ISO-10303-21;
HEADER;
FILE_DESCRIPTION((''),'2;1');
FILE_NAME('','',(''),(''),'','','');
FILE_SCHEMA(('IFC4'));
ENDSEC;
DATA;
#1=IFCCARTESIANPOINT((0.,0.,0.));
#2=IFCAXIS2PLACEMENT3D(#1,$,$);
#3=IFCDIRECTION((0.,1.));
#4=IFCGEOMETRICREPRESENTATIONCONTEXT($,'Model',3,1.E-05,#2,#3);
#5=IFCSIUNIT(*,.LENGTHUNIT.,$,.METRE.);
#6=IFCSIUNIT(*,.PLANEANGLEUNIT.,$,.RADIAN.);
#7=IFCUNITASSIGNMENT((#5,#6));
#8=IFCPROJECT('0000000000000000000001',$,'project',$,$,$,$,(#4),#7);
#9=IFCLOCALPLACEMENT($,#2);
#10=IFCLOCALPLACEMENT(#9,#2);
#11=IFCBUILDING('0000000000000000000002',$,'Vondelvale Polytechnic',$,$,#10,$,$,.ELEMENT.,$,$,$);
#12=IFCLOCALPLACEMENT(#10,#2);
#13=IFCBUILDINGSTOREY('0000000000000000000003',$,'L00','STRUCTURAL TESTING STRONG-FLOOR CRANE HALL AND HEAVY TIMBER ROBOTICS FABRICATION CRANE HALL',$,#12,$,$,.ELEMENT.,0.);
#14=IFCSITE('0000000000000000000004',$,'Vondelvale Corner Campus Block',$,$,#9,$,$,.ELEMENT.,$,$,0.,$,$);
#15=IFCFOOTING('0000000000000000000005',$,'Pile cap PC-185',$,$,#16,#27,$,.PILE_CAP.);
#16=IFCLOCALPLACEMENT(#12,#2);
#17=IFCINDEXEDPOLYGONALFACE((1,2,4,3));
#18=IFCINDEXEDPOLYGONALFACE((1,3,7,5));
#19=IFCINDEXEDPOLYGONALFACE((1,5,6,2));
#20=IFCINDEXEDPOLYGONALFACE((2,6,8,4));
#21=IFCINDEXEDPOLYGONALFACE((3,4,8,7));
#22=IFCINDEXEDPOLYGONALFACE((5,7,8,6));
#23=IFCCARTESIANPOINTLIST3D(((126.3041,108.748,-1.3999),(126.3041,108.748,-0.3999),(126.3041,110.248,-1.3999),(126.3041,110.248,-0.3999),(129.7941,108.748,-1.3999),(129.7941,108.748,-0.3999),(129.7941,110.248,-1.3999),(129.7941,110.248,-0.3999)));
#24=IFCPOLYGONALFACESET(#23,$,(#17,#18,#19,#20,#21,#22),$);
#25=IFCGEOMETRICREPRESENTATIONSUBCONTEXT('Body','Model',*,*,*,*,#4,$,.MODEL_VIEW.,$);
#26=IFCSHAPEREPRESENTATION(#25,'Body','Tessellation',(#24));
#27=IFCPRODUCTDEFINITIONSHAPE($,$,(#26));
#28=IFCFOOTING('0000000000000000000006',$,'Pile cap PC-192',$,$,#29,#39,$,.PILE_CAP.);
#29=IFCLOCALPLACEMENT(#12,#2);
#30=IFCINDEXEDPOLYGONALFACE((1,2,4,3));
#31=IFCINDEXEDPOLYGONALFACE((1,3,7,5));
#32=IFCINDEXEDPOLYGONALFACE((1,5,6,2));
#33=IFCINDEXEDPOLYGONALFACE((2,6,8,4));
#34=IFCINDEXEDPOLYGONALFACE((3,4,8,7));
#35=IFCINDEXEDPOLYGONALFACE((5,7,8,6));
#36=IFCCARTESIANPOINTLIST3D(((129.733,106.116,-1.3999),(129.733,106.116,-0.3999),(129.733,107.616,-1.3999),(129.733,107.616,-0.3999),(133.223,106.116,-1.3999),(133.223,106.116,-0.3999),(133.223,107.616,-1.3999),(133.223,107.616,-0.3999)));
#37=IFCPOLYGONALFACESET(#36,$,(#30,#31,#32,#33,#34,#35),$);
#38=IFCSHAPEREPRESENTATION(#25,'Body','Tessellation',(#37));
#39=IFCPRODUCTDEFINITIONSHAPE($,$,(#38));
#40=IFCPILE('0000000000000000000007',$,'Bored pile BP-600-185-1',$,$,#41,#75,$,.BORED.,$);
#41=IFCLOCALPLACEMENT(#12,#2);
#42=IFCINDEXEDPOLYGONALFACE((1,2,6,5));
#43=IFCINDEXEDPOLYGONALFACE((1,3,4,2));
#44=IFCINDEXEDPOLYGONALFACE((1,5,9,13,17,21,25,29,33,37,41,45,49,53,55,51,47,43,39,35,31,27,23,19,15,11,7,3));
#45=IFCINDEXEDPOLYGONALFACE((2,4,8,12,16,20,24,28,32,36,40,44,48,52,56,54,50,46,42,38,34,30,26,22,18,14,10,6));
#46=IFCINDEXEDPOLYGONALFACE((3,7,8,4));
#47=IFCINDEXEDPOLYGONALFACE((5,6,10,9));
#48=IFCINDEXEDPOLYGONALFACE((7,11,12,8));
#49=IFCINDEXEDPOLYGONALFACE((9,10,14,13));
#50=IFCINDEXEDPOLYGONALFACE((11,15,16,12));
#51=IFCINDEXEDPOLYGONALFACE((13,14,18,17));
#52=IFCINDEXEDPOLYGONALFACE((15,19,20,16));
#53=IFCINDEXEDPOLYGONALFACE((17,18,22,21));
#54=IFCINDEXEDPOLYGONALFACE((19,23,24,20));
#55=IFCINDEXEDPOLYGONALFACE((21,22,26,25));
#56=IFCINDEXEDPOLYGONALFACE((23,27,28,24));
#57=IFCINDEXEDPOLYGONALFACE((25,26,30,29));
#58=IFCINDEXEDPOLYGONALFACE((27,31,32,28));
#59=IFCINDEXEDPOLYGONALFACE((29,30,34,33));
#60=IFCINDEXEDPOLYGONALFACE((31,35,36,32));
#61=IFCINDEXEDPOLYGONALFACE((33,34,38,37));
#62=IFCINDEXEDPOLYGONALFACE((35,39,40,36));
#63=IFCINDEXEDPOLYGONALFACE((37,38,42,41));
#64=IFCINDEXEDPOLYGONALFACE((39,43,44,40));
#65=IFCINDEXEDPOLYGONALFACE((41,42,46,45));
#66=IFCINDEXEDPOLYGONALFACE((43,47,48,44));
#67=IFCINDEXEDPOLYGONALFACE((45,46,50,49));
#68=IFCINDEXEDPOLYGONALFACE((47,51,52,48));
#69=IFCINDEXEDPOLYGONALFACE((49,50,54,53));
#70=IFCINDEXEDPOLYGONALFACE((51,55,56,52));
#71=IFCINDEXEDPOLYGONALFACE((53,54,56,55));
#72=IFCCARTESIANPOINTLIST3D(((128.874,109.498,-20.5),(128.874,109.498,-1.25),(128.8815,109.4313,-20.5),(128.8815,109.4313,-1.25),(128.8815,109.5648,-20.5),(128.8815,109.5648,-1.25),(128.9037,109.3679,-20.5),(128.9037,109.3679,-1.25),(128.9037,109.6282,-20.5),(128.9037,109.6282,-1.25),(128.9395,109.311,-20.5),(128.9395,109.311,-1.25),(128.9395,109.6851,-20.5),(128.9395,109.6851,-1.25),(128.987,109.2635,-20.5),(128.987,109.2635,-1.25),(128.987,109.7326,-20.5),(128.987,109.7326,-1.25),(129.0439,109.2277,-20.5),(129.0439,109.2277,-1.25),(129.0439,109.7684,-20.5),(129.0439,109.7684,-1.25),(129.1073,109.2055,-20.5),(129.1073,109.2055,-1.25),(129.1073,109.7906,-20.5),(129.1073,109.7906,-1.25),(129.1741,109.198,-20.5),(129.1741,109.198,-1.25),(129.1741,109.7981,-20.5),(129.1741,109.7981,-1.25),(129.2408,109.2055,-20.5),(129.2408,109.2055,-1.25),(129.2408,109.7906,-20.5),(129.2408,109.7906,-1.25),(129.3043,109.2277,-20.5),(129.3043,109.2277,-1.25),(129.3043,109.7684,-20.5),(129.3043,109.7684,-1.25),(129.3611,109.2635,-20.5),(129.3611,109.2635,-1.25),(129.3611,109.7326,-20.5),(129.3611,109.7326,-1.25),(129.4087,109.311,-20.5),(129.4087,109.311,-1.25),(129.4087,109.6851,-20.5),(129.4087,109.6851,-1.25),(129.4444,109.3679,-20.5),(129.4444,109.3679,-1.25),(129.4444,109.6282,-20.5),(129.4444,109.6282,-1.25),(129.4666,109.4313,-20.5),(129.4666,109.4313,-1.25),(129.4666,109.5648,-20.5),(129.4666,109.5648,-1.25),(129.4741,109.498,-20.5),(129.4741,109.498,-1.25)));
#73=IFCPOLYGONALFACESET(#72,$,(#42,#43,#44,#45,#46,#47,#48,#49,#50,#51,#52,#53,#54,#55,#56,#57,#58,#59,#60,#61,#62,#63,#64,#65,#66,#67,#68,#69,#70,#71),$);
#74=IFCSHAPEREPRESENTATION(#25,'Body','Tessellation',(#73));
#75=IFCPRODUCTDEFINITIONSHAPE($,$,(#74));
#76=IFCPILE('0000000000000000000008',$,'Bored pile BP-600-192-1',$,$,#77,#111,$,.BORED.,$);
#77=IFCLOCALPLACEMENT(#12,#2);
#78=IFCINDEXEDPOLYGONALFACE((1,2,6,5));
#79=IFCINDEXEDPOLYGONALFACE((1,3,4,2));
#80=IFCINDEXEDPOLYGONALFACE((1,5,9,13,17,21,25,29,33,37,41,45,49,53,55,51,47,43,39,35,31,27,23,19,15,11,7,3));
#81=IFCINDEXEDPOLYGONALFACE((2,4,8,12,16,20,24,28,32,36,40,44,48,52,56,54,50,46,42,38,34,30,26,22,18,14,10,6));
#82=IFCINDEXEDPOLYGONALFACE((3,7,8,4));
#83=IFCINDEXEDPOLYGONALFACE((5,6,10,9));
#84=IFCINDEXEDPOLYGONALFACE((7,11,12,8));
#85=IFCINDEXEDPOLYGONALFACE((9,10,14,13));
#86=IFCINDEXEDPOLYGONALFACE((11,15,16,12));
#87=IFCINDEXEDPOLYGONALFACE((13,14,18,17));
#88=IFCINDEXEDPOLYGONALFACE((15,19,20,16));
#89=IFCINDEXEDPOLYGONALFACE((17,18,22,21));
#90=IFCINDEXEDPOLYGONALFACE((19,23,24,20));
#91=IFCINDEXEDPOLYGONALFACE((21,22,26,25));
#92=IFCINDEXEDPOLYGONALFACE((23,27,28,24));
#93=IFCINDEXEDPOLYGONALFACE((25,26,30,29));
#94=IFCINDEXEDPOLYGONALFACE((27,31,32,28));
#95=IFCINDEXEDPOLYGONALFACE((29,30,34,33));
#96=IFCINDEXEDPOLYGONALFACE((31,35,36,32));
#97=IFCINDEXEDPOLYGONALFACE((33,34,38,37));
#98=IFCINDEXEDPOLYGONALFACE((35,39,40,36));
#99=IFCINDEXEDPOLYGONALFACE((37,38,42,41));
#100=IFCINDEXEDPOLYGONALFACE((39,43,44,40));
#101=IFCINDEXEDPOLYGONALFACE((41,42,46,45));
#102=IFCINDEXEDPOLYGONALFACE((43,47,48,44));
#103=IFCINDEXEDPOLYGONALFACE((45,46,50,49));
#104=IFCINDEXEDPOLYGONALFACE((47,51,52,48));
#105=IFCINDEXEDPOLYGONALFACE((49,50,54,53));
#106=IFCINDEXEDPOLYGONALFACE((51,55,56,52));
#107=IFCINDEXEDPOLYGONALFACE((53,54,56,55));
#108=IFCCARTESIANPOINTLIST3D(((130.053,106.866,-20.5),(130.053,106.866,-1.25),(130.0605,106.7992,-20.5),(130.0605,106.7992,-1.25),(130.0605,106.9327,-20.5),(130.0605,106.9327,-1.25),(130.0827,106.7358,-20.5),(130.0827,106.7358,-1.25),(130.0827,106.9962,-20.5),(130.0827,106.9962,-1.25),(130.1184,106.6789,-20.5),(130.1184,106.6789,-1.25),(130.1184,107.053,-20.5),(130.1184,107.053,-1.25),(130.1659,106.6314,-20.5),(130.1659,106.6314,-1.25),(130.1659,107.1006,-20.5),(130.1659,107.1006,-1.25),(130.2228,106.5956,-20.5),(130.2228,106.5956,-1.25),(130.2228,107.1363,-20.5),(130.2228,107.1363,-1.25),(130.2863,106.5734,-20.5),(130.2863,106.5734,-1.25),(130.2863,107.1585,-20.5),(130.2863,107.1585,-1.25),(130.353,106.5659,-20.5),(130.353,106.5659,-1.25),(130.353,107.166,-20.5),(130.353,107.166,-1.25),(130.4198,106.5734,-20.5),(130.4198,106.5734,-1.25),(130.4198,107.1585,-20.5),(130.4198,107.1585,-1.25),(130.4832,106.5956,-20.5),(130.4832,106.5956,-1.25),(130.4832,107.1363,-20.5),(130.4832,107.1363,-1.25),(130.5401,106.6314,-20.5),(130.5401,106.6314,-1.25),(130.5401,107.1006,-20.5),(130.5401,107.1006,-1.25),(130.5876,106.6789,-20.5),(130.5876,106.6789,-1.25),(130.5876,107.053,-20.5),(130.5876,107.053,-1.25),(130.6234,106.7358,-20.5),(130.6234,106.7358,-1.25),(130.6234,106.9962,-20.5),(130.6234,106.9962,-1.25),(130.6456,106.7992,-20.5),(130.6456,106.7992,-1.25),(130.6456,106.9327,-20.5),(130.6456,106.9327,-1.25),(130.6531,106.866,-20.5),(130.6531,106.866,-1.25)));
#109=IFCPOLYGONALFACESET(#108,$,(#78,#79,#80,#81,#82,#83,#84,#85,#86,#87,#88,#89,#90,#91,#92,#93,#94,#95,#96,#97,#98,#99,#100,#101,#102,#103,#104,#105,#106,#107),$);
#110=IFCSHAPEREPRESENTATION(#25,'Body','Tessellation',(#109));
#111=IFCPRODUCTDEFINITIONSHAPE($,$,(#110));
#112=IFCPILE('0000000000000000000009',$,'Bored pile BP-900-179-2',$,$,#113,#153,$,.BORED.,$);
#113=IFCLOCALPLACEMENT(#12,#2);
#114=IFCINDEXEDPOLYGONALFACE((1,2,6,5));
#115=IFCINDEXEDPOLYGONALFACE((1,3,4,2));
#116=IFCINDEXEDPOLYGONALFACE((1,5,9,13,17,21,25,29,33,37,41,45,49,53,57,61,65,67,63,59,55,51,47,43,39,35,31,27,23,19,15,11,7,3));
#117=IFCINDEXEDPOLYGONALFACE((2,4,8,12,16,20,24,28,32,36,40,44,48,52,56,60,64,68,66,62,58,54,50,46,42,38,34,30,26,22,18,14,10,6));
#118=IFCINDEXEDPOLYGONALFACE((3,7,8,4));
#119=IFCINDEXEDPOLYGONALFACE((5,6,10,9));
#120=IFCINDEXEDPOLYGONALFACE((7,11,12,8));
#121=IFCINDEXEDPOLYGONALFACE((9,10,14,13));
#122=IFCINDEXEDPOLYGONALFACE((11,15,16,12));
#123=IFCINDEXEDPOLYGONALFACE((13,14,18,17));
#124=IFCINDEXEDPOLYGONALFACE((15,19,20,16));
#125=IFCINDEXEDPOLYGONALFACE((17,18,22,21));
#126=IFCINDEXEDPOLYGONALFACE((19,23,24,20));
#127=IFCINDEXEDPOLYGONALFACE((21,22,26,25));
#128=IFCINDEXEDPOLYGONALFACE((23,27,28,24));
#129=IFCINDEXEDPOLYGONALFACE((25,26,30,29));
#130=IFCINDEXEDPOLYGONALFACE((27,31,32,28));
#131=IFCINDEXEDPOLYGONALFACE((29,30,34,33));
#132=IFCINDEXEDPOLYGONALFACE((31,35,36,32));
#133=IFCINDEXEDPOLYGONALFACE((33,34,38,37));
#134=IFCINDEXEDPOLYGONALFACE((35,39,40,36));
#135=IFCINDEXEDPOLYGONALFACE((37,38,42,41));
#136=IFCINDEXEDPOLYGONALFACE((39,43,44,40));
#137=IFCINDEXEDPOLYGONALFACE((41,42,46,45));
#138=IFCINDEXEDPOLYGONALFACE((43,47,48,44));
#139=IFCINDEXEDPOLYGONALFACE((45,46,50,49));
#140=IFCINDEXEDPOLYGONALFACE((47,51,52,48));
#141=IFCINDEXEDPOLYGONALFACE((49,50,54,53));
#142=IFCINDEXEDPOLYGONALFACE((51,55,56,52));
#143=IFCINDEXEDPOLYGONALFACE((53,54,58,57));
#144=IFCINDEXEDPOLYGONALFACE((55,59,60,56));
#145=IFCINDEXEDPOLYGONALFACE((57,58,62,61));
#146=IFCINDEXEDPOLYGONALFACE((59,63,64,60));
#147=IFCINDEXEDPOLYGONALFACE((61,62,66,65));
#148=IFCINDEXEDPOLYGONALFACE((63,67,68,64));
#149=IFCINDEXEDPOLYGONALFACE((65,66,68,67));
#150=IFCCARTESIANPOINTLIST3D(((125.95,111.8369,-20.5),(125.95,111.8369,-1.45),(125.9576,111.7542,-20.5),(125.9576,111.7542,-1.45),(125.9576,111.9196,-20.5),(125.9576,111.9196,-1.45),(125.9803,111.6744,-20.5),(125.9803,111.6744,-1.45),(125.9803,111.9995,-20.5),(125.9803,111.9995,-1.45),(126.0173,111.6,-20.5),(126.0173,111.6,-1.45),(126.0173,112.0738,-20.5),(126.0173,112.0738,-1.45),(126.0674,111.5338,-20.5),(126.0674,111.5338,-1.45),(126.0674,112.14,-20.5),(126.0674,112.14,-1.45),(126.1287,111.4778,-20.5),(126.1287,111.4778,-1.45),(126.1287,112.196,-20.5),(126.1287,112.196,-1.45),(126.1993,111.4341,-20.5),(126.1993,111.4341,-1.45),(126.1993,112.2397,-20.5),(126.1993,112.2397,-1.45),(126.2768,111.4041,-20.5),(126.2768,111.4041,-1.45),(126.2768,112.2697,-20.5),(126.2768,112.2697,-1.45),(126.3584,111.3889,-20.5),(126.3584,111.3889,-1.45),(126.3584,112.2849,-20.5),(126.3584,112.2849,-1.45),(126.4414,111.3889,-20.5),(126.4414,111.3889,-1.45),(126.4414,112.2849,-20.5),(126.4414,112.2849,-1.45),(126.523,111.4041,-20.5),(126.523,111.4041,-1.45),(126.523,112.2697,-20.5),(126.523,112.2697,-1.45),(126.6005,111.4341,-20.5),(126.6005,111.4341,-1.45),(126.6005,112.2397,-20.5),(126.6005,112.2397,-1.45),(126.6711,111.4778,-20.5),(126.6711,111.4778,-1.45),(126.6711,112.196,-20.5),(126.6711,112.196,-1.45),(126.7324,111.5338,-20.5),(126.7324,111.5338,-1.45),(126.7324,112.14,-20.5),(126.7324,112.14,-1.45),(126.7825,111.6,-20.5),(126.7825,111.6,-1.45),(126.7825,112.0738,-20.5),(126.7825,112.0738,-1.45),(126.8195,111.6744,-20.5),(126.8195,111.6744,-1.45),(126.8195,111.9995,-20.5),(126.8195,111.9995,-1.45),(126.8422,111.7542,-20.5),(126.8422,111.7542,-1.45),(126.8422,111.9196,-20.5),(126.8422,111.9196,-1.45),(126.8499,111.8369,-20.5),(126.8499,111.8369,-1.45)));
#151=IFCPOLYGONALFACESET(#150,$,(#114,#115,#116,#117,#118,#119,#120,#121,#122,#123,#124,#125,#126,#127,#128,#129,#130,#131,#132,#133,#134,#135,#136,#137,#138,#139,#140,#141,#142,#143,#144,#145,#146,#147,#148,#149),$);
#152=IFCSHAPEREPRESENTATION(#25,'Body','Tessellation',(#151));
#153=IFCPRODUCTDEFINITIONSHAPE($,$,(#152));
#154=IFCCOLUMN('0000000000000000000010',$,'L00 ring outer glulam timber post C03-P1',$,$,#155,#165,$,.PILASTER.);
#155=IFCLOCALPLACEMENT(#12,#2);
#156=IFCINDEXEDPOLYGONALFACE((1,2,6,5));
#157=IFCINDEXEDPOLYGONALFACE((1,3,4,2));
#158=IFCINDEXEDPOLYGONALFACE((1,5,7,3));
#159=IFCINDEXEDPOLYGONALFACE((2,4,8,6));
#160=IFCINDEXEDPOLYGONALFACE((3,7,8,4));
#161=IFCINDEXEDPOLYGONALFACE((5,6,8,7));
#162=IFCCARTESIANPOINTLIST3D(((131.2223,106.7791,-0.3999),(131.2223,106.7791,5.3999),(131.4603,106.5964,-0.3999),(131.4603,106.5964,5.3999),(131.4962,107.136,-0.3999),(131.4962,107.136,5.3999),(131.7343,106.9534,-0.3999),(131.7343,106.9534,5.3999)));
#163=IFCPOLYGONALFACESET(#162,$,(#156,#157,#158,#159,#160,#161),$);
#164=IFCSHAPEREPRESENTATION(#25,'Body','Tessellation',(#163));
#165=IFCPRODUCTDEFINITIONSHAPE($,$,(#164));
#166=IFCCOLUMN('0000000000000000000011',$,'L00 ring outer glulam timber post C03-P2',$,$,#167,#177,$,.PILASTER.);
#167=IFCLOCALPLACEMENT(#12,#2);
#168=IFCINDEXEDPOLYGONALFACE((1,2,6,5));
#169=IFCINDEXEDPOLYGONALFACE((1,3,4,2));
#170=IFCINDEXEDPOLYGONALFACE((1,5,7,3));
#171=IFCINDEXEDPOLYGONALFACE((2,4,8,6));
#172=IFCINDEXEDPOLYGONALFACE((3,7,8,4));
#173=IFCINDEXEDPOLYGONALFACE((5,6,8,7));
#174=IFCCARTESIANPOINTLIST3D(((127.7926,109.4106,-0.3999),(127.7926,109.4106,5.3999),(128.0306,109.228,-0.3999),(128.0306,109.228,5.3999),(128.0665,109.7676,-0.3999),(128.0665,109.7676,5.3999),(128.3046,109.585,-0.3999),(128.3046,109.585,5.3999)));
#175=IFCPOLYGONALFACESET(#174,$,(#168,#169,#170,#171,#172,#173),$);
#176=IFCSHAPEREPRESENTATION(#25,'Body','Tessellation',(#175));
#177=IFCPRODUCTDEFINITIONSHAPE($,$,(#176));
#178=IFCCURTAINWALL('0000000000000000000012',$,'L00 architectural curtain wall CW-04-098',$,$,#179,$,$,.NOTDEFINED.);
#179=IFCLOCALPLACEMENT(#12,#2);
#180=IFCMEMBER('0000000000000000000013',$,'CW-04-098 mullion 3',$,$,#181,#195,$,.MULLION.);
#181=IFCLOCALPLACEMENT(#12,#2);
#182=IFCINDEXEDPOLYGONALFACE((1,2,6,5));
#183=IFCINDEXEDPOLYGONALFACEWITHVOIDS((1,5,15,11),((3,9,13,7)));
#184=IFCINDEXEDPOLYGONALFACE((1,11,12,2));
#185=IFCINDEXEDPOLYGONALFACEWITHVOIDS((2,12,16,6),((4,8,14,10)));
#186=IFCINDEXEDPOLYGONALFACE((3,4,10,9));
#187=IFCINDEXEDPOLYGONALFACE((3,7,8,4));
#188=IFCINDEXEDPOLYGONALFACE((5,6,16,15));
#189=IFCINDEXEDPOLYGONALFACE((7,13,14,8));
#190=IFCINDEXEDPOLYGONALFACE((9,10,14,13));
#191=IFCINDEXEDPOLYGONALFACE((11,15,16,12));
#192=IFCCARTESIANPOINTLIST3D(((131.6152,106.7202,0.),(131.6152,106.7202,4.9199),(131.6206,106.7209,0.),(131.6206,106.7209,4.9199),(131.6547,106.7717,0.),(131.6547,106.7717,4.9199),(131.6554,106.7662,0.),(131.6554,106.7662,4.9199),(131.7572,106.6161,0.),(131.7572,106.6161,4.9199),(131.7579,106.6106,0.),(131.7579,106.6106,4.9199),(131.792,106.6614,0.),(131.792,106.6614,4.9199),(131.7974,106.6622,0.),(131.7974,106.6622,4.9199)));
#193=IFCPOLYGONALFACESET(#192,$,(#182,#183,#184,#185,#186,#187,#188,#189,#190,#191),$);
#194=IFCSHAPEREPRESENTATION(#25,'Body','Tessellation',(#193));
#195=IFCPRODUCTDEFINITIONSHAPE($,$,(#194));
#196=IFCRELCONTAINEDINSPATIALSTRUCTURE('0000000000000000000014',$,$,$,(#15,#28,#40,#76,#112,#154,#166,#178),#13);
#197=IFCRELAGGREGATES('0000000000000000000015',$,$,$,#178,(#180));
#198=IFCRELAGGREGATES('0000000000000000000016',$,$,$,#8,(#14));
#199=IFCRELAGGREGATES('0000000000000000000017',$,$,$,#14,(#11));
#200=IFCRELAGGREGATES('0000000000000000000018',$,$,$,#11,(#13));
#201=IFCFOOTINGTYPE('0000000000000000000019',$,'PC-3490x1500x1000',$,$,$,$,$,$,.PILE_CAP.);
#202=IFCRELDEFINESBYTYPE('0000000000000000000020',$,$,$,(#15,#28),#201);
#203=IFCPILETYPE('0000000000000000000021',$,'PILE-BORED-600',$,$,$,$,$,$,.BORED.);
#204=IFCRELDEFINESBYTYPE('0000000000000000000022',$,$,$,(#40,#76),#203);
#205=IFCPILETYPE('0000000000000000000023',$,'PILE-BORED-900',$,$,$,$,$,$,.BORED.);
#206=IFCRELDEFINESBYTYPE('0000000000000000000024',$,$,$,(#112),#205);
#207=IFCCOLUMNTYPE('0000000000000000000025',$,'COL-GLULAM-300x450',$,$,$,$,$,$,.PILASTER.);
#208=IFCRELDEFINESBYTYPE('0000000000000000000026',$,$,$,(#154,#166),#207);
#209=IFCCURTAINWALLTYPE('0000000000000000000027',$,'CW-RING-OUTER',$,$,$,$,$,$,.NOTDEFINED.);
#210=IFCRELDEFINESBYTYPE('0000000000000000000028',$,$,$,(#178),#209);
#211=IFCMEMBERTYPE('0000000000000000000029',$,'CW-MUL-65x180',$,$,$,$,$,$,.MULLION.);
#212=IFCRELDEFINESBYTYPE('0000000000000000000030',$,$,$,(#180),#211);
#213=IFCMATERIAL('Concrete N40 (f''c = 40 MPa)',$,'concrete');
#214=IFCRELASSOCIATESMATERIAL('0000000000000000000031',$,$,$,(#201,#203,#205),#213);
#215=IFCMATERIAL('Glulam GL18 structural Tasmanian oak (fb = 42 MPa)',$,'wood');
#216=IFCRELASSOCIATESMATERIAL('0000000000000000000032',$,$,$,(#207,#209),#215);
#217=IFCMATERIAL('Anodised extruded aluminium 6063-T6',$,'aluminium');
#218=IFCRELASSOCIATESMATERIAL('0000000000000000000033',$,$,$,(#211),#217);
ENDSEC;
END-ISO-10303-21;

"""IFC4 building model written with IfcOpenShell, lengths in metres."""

from ifc_helpers import new_model, si_unit, direction, frame, origin, origin_2d, place, context, subcontext, project, spatial, rectangle, hollow_rectangle, circle, extrude, material, material_profile, profile_set, type_object, element, aggregate, save


model = new_model("IFC4")

# Units and contexts
model_context = context("Model", 3, precision=1e-05, world=origin(), true_north=direction((0.0, 1.0)))
body_context = subcontext(model_context, "Body", "Model", "MODEL_VIEW")
ifc_project = project(units=[si_unit("LENGTHUNIT", "METRE"), si_unit("PLANEANGLEUNIT", "RADIAN")], contexts=[model_context])

# Site, building, storey
site_placement = place(None, origin())
site = spatial("IfcSite", under=ifc_project, at=site_placement, Name="Vondelvale Corner Campus Block", CompositionType="ELEMENT", RefElevation=0.0)
building_placement = place(site_placement, origin())
building = spatial("IfcBuilding", under=site, at=building_placement, Name="Vondelvale Polytechnic", CompositionType="ELEMENT")
storey_placement = place(building_placement, origin())
storey = spatial("IfcBuildingStorey", under=building, at=storey_placement, Name="L00", Description="STRUCTURAL TESTING STRONG-FLOOR CRANE HALL AND HEAVY TIMBER ROBOTICS FABRICATION CRANE HALL", CompositionType="ELEMENT", Elevation=0.0)

# Footings
ifc_material_1 = material(Name="Concrete N40 (f'c = 40 MPa)", Category="concrete")
footing_type = type_object("IfcFootingType", Name="PC-3490x1500x1000", PredefinedType="PILE_CAP", material=ifc_material_1)
for number, where, z_axis, x_axis, name in (
    (1, (128.0491, 109.498, -1.3999), (0.0, 0.0, 1.0), (1.0, 0.0, 0.0), "Pile cap PC-185"),
    (2, (131.478, 106.866, -1.3999), (0.0, 0.0, 1.0), (1.0, 0.0, 0.0), "Pile cap PC-192"),
):
    element("IfcFooting", number, at=place(storey_placement, frame(where, z_axis=z_axis, x_axis=x_axis)), inside=storey, type_object=footing_type, Name=name, PredefinedType="PILE_CAP", context=body_context, shape_type="SweptSolid", body=[
        extrude(rectangle(XDim=3.49, YDim=1.5, at=origin_2d()), origin(), (0.0, 0.0, 1.0), 1.0),
    ])

# Piles
ifc_material_profile_1 = material_profile(ifc_material_1, circle(Radius=0.3, at=origin_2d()), Name="PILE-D600")
ifc_profile_set_1 = profile_set([ifc_material_profile_1], Name="Concrete N40 (f'c = 40 MPa)")
pile_type_1 = type_object("IfcPileType", Name="PILE-BORED-600", PredefinedType="BORED", material=ifc_profile_set_1)
for number, where, z_axis, x_axis, name in (
    (3, (129.1741, 109.498, -1.25), (0.0, 0.0, -1.0), (1.0, 0.0, 0.0), "Bored pile BP-600-185-1"),
    (4, (130.353, 106.866, -1.25), (0.0, 0.0, -1.0), (1.0, 0.0, 0.0), "Bored pile BP-600-192-1"),
):
    element("IfcPile", number, at=place(storey_placement, frame(where, z_axis=z_axis, x_axis=x_axis)), inside=storey, type_object=pile_type_1, Name=name, PredefinedType="BORED", context=body_context, shape_type="SweptSolid", body=[
        extrude(circle(Radius=0.3, at=origin_2d()), origin(), (0.0, 0.0, 1.0), 19.25),
    ])
ifc_material_profile_2 = material_profile(ifc_material_1, circle(Radius=0.45, at=origin_2d()), Name="PILE-D900")
ifc_profile_set_2 = profile_set([ifc_material_profile_2], Name="Concrete N40 (f'c = 40 MPa)")
pile_type_2 = type_object("IfcPileType", Name="PILE-BORED-900", PredefinedType="BORED", material=ifc_profile_set_2)
pile_placement = place(storey_placement, frame((126.3999, 111.8369, -1.45), z_axis=(0.0, 0.0, -1.0), x_axis=(1.0, 0.0, 0.0)))
element("IfcPile", 5, at=pile_placement, inside=storey, type_object=pile_type_2, Name="Bored pile BP-900-179-2", PredefinedType="BORED", context=body_context, shape_type="SweptSolid", body=[
    extrude(circle(Radius=0.45, at=origin_2d()), origin(), (0.0, 0.0, 1.0), 19.05),
])

# Columns
ifc_material_2 = material(Name="Glulam GL18 structural Tasmanian oak (fb = 42 MPa)", Category="wood")
ifc_material_profile_3 = material_profile(ifc_material_2, rectangle(XDim=0.3, YDim=0.45, at=origin_2d()), Name="GL-POST-300x450")
ifc_profile_set_3 = profile_set([ifc_material_profile_3], Name="Glulam GL18 structural Tasmanian oak (fb = 42 MPa)")
column_type = type_object("IfcColumnType", Name="COL-GLULAM-300x450", PredefinedType="PILASTER", material=ifc_profile_set_3)
for number, where, z_axis, x_axis, name in (
    (6, (131.4783, 106.8662, -0.3999), (0.0, 0.0, 1.0), (-0.793353, 0.608761, 0.0), "L00 ring outer glulam timber post C03-P1"),
    (7, (128.0486, 109.4978, -0.3999), (0.0, 0.0, 1.0), (-0.793353, 0.608761, 0.0), "L00 ring outer glulam timber post C03-P2"),
):
    element("IfcColumn", number, at=place(storey_placement, frame(where, z_axis=z_axis, x_axis=x_axis)), inside=storey, type_object=column_type, Name=name, PredefinedType="PILASTER", context=body_context, shape_type="SweptSolid", body=[
        extrude(rectangle(XDim=0.3, YDim=0.45, at=origin_2d()), origin(), (0.0, 0.0, 1.0), 5.7998),
    ])

# Curtain wall, member
curtain_wall_type = type_object("IfcCurtainWallType", Name="CW-RING-OUTER", PredefinedType="NOTDEFINED", material=ifc_material_2)
curtain_wall_1_placement = place(storey_placement, origin())
curtain_wall_1 = element("IfcCurtainWall", 8, at=curtain_wall_1_placement, inside=storey, type_object=curtain_wall_type, Name="L00 architectural curtain wall CW-04-098", PredefinedType="NOTDEFINED")
ifc_material_3 = material(Name="Anodised extruded aluminium 6063-T6", Category="aluminium")
ifc_material_profile_4 = material_profile(ifc_material_3, hollow_rectangle(XDim=0.0649, YDim=0.1799, WallThickness=0.0039, at=origin_2d()), Name="CW-MUL-180x65")
ifc_profile_set_4 = profile_set([ifc_material_profile_4], Name="Anodised extruded aluminium 6063-T6")
member_type_1 = type_object("IfcMemberType", Name="CW-MUL-65x180", PredefinedType="MULLION", material=ifc_profile_set_4)
member_1_placement = place(storey_placement, frame((131.7063, 106.6912, 0.0), z_axis=(0.0, 0.0, 1.0), x_axis=(-0.608764, -0.793352, 0.0)))
member_1 = element("IfcMember", 9, at=member_1_placement, type_object=member_type_1, Name="CW-04-098 mullion 3", PredefinedType="MULLION", context=body_context, shape_type="SweptSolid", body=[
    extrude(hollow_rectangle(XDim=0.0649, YDim=0.1799, WallThickness=0.0039, at=origin_2d()), origin(), (0.0, 0.0, 1.0), 4.9199),
])

aggregate(curtain_wall_1, [member_1])

save(model, "model.ifc")
